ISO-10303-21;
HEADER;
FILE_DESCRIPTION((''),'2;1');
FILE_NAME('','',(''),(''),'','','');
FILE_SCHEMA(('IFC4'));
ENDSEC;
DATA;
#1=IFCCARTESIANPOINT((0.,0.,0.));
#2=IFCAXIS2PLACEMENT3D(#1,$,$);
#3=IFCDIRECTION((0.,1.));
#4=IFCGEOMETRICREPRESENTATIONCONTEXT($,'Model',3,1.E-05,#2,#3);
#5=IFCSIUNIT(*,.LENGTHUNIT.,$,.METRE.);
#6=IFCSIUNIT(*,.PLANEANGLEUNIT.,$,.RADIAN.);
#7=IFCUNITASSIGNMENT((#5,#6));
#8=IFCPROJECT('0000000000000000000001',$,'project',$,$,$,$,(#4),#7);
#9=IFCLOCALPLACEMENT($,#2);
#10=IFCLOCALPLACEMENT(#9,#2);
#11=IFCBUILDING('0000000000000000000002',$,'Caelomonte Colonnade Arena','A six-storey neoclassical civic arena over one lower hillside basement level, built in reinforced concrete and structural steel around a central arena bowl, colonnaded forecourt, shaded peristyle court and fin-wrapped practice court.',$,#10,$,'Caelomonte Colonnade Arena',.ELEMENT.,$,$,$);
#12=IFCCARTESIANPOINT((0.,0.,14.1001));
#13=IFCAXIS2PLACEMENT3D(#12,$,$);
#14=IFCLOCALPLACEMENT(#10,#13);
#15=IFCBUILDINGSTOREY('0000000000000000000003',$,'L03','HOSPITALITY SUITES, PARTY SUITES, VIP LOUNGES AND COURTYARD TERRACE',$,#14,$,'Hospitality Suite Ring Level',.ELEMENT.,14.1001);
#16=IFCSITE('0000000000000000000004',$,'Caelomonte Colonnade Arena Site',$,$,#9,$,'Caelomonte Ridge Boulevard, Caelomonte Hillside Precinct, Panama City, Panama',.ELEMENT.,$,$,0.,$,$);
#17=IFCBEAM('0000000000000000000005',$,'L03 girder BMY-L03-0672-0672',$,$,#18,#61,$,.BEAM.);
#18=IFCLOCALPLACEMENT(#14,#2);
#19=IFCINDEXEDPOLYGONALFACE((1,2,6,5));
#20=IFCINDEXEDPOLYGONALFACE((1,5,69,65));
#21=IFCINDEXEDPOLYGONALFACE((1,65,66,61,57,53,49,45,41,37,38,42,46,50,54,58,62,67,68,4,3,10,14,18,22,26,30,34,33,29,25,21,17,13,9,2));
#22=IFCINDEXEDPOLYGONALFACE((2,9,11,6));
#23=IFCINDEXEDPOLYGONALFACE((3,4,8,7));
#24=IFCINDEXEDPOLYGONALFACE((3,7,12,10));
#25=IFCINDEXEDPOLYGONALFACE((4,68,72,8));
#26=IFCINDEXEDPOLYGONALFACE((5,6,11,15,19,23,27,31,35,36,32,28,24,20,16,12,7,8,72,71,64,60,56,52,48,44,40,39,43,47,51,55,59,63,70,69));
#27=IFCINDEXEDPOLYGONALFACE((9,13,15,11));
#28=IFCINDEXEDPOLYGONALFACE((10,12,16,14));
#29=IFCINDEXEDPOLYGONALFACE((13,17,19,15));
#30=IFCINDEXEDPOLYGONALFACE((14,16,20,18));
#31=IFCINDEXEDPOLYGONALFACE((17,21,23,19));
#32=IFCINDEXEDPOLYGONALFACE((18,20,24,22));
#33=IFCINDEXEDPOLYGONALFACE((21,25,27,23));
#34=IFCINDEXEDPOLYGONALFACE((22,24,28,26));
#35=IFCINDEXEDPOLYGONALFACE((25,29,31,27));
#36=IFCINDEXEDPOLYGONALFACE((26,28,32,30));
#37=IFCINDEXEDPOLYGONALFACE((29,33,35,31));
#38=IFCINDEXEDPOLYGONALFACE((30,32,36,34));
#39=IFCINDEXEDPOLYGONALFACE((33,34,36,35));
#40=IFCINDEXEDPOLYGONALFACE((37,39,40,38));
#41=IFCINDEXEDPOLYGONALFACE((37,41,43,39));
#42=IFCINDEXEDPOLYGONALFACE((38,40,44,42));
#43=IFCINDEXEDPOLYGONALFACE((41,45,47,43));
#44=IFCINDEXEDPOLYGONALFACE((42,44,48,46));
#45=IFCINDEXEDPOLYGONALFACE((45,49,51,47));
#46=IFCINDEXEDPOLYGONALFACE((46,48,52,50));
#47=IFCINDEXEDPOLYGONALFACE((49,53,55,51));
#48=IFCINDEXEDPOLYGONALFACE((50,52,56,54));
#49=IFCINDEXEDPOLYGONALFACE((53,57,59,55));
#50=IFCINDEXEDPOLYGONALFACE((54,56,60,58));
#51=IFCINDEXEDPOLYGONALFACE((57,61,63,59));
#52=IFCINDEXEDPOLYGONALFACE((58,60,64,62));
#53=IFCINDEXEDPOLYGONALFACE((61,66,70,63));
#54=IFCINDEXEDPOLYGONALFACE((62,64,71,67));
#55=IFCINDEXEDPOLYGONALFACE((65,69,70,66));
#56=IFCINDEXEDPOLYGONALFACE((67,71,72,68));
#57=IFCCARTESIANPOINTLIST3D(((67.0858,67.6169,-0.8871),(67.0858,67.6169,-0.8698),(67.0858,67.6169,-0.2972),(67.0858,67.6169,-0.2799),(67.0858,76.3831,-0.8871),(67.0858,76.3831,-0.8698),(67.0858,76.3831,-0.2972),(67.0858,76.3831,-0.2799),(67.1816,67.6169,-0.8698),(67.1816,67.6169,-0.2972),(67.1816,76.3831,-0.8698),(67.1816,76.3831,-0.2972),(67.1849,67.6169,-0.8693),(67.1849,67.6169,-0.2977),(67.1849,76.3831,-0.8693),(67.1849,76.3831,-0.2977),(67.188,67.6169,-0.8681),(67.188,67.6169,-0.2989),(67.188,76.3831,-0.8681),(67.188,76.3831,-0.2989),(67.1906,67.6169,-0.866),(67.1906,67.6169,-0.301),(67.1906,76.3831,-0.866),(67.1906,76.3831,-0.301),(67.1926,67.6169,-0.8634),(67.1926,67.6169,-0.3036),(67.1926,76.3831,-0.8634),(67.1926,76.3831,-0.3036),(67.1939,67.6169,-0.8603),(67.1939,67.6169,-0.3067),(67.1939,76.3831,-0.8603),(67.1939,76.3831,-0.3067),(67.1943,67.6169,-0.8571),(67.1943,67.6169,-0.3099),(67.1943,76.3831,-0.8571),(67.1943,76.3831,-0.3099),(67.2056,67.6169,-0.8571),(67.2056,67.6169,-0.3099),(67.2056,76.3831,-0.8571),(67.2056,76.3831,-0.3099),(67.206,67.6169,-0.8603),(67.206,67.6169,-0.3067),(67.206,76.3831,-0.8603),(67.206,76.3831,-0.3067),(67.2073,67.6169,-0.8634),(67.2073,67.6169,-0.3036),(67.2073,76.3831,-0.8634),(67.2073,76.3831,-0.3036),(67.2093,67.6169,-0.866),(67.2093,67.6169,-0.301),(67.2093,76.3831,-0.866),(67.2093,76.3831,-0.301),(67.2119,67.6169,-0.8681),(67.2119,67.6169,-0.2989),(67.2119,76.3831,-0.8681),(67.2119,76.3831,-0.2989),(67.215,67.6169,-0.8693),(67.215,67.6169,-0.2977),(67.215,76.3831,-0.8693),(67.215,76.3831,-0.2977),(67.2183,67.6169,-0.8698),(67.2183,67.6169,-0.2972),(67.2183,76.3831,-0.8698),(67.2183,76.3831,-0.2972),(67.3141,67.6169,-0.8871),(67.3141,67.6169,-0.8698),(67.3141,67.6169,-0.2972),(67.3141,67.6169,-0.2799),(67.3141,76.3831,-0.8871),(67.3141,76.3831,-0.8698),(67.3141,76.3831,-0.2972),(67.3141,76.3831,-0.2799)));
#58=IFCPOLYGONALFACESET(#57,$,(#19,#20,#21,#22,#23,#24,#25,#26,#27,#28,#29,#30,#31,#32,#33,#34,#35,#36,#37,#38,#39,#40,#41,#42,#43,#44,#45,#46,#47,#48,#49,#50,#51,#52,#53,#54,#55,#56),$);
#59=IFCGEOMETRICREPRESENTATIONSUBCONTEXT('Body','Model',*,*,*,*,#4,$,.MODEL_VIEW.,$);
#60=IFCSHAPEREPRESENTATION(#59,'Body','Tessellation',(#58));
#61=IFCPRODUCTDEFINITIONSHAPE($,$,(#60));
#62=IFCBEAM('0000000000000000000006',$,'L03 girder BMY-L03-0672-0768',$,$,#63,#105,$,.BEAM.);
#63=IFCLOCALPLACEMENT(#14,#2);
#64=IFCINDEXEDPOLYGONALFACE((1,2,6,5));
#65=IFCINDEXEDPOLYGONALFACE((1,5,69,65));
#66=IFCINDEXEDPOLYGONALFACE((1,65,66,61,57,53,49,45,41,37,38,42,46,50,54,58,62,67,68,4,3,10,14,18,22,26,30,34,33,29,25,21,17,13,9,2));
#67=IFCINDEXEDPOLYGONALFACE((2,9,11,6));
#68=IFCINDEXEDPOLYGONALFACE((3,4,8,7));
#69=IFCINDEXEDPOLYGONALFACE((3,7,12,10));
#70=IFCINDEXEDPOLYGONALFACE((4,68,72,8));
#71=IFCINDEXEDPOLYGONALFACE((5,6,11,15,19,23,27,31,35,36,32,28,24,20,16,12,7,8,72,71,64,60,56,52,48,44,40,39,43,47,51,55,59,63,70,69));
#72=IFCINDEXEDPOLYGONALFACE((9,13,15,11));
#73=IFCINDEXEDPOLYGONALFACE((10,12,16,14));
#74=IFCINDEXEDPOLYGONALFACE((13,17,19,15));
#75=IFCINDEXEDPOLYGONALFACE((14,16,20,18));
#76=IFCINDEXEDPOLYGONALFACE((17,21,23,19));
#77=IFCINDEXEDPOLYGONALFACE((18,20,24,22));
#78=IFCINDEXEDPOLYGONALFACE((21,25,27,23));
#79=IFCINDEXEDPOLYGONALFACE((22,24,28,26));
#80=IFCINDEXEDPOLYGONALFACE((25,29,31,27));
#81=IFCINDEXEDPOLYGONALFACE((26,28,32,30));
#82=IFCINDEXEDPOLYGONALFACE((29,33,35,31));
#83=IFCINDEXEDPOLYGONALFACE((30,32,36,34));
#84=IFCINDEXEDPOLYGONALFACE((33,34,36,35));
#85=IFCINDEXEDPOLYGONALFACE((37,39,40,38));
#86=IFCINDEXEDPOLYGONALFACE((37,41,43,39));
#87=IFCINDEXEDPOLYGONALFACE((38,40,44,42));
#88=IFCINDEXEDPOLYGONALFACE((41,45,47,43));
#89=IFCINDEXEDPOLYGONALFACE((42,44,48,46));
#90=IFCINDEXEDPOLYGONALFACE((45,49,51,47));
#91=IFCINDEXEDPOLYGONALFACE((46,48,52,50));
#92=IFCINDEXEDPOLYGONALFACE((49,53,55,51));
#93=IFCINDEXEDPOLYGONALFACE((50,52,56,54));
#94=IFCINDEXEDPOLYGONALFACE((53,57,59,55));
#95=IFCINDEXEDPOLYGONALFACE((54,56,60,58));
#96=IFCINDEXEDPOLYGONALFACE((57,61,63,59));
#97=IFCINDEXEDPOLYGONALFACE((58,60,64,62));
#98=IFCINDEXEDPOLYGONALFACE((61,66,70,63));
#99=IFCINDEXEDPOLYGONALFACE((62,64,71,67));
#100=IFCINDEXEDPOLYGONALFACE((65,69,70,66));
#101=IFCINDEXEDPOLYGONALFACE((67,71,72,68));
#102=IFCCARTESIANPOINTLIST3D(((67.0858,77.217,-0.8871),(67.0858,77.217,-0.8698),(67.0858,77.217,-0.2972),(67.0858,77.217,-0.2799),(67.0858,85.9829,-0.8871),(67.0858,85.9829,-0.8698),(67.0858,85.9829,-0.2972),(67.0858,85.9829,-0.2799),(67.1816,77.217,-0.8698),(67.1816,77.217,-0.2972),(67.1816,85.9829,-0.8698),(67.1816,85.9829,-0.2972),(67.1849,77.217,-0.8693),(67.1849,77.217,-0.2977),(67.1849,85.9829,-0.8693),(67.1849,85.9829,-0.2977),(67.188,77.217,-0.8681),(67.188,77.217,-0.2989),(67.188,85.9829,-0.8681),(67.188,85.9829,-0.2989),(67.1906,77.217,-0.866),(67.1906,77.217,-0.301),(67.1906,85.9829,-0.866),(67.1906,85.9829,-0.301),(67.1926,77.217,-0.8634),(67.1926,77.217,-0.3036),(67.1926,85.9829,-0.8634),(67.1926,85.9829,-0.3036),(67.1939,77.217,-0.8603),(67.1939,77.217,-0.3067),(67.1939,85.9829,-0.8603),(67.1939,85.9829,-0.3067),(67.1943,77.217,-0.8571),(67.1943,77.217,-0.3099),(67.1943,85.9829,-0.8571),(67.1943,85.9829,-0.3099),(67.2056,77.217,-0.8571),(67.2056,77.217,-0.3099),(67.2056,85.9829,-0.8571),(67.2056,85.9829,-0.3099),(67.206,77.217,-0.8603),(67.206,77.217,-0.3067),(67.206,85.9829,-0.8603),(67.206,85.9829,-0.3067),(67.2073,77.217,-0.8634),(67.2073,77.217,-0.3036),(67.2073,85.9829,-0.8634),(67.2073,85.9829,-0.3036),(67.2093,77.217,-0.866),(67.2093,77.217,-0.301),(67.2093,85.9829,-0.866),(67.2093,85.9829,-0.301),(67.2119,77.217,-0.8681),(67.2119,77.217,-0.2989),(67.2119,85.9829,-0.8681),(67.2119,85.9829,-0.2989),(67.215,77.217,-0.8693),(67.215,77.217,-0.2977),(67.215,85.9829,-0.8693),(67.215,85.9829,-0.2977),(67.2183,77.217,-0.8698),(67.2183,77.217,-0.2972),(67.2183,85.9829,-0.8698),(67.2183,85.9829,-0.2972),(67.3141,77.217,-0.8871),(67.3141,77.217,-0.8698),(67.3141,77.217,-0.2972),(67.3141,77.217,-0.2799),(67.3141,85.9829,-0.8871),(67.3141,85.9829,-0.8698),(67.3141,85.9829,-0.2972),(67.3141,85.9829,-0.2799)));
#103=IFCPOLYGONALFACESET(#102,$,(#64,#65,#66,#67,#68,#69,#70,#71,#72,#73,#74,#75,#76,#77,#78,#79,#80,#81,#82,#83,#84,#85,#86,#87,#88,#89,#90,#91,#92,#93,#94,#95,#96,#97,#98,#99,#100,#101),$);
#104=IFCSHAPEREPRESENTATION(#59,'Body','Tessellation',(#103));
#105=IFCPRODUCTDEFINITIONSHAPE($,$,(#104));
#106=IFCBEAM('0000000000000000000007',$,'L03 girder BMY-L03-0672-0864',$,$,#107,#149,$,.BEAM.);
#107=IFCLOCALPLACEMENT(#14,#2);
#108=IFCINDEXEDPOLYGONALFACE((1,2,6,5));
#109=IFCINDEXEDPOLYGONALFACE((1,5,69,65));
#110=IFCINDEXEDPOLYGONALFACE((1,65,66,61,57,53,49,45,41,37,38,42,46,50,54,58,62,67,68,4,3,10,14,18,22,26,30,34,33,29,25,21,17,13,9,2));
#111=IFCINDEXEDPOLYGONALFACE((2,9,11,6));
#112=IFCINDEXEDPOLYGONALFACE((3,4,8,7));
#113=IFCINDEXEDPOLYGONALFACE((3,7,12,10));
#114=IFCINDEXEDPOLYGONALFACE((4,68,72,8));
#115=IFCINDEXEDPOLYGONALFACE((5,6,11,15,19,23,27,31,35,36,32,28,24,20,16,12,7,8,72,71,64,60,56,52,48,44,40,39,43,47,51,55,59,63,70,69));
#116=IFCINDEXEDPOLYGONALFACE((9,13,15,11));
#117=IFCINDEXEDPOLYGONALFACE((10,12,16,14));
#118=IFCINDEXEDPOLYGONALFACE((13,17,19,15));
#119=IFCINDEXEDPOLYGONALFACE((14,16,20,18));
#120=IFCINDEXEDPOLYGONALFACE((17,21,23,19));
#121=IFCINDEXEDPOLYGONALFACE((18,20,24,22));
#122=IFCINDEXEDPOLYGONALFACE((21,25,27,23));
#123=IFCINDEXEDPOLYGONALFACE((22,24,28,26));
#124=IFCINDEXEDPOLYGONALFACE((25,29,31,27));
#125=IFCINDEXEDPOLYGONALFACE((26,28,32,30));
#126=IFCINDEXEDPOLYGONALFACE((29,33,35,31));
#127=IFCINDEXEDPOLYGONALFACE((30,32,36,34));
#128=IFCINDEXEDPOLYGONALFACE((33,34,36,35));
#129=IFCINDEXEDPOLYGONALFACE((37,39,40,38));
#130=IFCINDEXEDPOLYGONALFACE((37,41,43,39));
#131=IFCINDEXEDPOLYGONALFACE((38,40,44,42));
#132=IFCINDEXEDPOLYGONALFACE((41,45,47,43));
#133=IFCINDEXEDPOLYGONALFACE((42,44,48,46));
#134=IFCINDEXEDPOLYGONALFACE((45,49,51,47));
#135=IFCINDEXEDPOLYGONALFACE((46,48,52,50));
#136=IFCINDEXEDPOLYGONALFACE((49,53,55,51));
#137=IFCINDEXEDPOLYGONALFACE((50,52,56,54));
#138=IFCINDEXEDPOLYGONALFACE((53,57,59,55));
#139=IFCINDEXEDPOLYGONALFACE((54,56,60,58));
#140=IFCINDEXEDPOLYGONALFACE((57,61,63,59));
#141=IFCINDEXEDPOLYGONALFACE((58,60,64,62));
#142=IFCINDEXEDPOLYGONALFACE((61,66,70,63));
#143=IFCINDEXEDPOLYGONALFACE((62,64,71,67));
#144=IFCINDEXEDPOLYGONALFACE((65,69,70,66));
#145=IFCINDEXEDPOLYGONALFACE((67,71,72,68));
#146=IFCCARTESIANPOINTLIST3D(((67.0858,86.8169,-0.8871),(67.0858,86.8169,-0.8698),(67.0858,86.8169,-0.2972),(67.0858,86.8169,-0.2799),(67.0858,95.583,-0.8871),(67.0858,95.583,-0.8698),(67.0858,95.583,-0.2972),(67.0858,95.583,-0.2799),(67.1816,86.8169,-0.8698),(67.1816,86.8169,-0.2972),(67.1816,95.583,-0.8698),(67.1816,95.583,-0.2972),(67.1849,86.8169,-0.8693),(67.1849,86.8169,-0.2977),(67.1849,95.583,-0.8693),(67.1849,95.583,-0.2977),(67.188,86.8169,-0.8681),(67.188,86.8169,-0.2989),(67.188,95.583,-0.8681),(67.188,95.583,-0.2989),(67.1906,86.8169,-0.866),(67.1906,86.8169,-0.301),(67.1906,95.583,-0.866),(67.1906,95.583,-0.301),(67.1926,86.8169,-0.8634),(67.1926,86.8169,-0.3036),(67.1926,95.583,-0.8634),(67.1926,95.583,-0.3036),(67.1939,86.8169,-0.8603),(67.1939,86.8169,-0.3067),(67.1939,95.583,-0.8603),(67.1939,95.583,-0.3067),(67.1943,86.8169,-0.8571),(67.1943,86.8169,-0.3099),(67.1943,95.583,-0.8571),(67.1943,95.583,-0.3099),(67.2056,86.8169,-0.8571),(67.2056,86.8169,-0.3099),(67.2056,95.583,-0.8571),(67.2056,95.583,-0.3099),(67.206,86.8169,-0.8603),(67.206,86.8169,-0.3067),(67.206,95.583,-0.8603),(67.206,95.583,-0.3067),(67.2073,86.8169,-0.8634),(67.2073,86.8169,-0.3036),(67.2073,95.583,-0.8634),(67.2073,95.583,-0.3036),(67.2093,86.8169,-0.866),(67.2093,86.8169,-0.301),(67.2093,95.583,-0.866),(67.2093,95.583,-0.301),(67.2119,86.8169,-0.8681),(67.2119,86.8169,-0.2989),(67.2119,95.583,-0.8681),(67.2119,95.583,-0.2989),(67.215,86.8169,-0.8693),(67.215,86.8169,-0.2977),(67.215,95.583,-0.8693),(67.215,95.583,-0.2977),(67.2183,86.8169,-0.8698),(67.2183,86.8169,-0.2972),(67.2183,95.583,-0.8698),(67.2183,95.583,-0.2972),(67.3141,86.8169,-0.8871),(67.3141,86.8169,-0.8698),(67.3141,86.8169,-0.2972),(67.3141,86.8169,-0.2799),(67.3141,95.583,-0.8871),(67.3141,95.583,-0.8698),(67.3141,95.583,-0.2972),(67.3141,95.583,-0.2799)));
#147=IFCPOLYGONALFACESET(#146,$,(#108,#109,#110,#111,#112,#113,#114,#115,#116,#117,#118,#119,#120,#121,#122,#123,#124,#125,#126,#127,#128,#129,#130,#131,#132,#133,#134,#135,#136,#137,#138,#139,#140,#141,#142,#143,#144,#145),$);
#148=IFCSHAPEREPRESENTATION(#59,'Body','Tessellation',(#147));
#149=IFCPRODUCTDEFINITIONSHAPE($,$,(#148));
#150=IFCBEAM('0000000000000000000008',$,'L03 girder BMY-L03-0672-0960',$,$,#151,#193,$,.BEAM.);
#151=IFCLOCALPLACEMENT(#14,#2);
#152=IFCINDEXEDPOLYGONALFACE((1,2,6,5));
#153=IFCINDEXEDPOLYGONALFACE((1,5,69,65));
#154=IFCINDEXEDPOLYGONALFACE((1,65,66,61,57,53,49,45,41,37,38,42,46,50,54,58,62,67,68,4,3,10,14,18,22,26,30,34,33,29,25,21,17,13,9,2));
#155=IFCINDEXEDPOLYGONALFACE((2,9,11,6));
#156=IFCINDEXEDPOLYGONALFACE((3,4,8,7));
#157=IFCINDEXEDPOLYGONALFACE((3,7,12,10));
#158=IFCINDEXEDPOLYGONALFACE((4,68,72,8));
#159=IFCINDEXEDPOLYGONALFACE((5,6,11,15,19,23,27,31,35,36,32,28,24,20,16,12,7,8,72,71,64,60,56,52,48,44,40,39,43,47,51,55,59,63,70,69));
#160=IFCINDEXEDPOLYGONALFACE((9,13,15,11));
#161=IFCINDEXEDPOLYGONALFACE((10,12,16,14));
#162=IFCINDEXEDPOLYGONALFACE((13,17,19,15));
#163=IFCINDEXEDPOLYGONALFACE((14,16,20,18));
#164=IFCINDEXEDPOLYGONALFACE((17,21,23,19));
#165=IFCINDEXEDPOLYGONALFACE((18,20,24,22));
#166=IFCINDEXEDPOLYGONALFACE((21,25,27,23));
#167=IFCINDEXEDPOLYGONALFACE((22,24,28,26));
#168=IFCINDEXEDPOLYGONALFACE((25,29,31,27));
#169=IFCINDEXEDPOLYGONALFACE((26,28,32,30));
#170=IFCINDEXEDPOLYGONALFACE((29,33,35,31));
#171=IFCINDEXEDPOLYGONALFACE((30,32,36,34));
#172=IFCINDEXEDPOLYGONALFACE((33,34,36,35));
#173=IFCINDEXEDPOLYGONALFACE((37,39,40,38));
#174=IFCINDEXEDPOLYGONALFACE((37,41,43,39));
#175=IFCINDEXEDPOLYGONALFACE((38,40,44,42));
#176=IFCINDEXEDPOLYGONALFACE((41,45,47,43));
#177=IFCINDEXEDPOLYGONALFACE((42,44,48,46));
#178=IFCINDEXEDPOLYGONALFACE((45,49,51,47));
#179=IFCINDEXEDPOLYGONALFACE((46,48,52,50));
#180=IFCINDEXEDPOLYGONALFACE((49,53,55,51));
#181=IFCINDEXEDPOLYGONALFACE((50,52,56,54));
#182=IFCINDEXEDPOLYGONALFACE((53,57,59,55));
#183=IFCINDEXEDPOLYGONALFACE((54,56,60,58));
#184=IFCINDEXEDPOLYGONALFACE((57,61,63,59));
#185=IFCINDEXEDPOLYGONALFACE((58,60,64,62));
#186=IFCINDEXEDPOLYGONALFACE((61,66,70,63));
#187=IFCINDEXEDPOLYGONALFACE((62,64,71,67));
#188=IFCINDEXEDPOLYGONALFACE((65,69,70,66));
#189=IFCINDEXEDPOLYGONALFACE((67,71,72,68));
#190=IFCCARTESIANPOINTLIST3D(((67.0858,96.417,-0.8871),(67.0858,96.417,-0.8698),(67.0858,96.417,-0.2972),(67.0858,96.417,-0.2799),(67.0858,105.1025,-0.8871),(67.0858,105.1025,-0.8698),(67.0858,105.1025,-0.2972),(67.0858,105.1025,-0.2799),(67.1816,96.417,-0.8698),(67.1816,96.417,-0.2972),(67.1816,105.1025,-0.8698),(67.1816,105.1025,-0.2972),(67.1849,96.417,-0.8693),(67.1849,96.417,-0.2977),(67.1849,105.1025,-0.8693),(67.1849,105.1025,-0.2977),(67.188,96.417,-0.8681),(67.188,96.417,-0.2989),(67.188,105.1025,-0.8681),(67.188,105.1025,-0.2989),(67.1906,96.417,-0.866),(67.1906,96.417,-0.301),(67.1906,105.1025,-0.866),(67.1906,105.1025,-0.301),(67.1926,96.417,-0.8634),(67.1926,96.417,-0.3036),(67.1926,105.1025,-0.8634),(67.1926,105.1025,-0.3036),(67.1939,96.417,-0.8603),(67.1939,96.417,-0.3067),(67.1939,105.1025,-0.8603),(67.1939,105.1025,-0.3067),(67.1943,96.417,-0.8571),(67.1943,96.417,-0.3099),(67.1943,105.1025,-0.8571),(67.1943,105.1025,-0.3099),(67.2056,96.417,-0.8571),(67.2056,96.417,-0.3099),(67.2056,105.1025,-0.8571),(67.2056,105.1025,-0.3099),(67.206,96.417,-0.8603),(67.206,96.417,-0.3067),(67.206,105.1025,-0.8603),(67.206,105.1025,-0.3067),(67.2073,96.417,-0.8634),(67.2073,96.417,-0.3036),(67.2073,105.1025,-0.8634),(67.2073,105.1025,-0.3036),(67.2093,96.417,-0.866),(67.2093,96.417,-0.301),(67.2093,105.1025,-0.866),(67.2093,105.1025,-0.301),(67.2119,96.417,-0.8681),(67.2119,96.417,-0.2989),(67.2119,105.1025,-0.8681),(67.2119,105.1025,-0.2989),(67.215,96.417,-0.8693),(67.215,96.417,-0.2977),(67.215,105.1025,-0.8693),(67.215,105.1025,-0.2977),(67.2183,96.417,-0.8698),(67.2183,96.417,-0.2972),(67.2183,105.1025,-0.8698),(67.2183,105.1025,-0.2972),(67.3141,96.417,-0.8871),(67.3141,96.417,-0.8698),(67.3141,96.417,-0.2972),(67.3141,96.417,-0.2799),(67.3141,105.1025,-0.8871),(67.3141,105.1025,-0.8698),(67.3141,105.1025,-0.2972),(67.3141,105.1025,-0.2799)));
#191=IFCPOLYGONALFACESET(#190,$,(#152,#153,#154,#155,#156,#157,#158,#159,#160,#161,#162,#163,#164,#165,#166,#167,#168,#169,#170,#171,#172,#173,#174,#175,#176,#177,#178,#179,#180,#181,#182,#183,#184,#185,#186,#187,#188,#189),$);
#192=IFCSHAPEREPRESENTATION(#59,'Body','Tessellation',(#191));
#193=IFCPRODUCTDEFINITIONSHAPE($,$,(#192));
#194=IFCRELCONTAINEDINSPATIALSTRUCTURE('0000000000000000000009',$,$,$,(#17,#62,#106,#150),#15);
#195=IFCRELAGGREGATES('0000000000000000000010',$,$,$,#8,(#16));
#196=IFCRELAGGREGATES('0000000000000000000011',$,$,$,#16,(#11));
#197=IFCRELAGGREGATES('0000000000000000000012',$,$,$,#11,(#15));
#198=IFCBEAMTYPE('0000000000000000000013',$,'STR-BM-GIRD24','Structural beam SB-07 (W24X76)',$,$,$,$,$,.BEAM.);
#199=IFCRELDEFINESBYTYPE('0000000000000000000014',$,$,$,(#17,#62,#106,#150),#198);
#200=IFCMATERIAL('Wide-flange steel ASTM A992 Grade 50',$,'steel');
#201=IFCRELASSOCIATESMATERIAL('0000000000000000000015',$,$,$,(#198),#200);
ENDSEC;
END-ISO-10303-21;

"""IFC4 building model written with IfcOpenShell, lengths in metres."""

from ifc_helpers import new_model, si_unit, direction, frame, origin, origin_2d, place, context, subcontext, project, spatial, i_section, extrude, material, material_profile, profile_set, type_object, element, save


model = new_model("IFC4")

# Units and contexts
model_context = context("Model", 3, precision=1e-05, world=origin(), true_north=direction((0.0, 1.0)))
body_context = subcontext(model_context, "Body", "Model", "MODEL_VIEW")
ifc_project = project(units=[si_unit("LENGTHUNIT", "METRE"), si_unit("PLANEANGLEUNIT", "RADIAN")], contexts=[model_context])

# Site, building, storey
site_placement = place(None, origin())
site = spatial("IfcSite", under=ifc_project, at=site_placement, Name="Caelomonte Colonnade Arena Site", LongName="Caelomonte Ridge Boulevard, Caelomonte Hillside Precinct, Panama City, Panama", CompositionType="ELEMENT", RefElevation=0.0)
building_placement = place(site_placement, origin())
building = spatial("IfcBuilding", under=site, at=building_placement, Name="Caelomonte Colonnade Arena", Description="A six-storey neoclassical civic arena over one lower hillside basement level, built in reinforced concrete and structural steel around a central arena bowl, colonnaded forecourt, shaded peristyle court and fin-wrapped practice court.", LongName="Caelomonte Colonnade Arena", CompositionType="ELEMENT")
storey_placement = place(building_placement, frame((0.0, 0.0, 14.1001)))
storey = spatial("IfcBuildingStorey", under=building, at=storey_placement, Name="L03", Description="HOSPITALITY SUITES, PARTY SUITES, VIP LOUNGES AND COURTYARD TERRACE", LongName="Hospitality Suite Ring Level", CompositionType="ELEMENT", Elevation=14.1001)

# Shared definitions
ifc_material_1 = material(Name="Wide-flange steel ASTM A992 Grade 50", Category="steel")

# Beams
ifc_material_profile_1 = material_profile(ifc_material_1, i_section(OverallWidth=0.2283, OverallDepth=0.6072, WebThickness=0.0112, FlangeThickness=0.0173, FilletRadius=0.0127, at=origin_2d()), Name="W24X76")
ifc_profile_set_1 = profile_set([ifc_material_profile_1], Name="Wide-flange steel ASTM A992 Grade 50")
beam_type_1 = type_object("IfcBeamType", Name="STR-BM-GIRD24", Description="Structural beam SB-07 (W24X76)", PredefinedType="BEAM", material=ifc_profile_set_1)
beam_1_placement = place(storey_placement, frame((67.2, 67.6169, -0.5835), z_axis=(0.0, 1.0, 0.0), x_axis=(-1.0, 0.0, 0.0)))
element("IfcBeam", 1, at=beam_1_placement, inside=storey, type_object=beam_type_1, Name="L03 girder BMY-L03-0672-0672", PredefinedType="BEAM", context=body_context, shape_type="SweptSolid", body=[
    extrude(i_section(OverallWidth=0.2283, OverallDepth=0.6072, WebThickness=0.0112, FlangeThickness=0.0173, FilletRadius=0.0127, at=origin_2d()), origin(), (0.0, 0.0, 1.0), 8.7661),
])
beam_2_placement = place(storey_placement, frame((67.2, 77.217, -0.5835), z_axis=(0.0, 1.0, 0.0), x_axis=(-1.0, 0.0, 0.0)))
element("IfcBeam", 2, at=beam_2_placement, inside=storey, type_object=beam_type_1, Name="L03 girder BMY-L03-0672-0768", PredefinedType="BEAM", context=body_context, shape_type="SweptSolid", body=[
    extrude(i_section(OverallWidth=0.2283, OverallDepth=0.6072, WebThickness=0.0112, FlangeThickness=0.0173, FilletRadius=0.0127, at=origin_2d()), origin(), (0.0, 0.0, 1.0), 8.7659),
])
beam_3_placement = place(storey_placement, frame((67.2, 86.8169, -0.5835), z_axis=(0.0, 1.0, 0.0), x_axis=(-1.0, 0.0, 0.0)))
element("IfcBeam", 3, at=beam_3_placement, inside=storey, type_object=beam_type_1, Name="L03 girder BMY-L03-0672-0864", PredefinedType="BEAM", context=body_context, shape_type="SweptSolid", body=[
    extrude(i_section(OverallWidth=0.2283, OverallDepth=0.6072, WebThickness=0.0112, FlangeThickness=0.0173, FilletRadius=0.0127, at=origin_2d()), origin(), (0.0, 0.0, 1.0), 8.7661),
])
beam_4_placement = place(storey_placement, frame((67.2, 96.417, -0.5835), z_axis=(0.0, 1.0, 0.0), x_axis=(-1.0, 0.0, 0.0)))
element("IfcBeam", 4, at=beam_4_placement, inside=storey, type_object=beam_type_1, Name="L03 girder BMY-L03-0672-0960", PredefinedType="BEAM", context=body_context, shape_type="SweptSolid", body=[
    extrude(i_section(OverallWidth=0.2283, OverallDepth=0.6072, WebThickness=0.0112, FlangeThickness=0.0173, FilletRadius=0.0127, at=origin_2d()), origin(), (0.0, 0.0, 1.0), 8.6855),
])

save(model, "model.ifc")
